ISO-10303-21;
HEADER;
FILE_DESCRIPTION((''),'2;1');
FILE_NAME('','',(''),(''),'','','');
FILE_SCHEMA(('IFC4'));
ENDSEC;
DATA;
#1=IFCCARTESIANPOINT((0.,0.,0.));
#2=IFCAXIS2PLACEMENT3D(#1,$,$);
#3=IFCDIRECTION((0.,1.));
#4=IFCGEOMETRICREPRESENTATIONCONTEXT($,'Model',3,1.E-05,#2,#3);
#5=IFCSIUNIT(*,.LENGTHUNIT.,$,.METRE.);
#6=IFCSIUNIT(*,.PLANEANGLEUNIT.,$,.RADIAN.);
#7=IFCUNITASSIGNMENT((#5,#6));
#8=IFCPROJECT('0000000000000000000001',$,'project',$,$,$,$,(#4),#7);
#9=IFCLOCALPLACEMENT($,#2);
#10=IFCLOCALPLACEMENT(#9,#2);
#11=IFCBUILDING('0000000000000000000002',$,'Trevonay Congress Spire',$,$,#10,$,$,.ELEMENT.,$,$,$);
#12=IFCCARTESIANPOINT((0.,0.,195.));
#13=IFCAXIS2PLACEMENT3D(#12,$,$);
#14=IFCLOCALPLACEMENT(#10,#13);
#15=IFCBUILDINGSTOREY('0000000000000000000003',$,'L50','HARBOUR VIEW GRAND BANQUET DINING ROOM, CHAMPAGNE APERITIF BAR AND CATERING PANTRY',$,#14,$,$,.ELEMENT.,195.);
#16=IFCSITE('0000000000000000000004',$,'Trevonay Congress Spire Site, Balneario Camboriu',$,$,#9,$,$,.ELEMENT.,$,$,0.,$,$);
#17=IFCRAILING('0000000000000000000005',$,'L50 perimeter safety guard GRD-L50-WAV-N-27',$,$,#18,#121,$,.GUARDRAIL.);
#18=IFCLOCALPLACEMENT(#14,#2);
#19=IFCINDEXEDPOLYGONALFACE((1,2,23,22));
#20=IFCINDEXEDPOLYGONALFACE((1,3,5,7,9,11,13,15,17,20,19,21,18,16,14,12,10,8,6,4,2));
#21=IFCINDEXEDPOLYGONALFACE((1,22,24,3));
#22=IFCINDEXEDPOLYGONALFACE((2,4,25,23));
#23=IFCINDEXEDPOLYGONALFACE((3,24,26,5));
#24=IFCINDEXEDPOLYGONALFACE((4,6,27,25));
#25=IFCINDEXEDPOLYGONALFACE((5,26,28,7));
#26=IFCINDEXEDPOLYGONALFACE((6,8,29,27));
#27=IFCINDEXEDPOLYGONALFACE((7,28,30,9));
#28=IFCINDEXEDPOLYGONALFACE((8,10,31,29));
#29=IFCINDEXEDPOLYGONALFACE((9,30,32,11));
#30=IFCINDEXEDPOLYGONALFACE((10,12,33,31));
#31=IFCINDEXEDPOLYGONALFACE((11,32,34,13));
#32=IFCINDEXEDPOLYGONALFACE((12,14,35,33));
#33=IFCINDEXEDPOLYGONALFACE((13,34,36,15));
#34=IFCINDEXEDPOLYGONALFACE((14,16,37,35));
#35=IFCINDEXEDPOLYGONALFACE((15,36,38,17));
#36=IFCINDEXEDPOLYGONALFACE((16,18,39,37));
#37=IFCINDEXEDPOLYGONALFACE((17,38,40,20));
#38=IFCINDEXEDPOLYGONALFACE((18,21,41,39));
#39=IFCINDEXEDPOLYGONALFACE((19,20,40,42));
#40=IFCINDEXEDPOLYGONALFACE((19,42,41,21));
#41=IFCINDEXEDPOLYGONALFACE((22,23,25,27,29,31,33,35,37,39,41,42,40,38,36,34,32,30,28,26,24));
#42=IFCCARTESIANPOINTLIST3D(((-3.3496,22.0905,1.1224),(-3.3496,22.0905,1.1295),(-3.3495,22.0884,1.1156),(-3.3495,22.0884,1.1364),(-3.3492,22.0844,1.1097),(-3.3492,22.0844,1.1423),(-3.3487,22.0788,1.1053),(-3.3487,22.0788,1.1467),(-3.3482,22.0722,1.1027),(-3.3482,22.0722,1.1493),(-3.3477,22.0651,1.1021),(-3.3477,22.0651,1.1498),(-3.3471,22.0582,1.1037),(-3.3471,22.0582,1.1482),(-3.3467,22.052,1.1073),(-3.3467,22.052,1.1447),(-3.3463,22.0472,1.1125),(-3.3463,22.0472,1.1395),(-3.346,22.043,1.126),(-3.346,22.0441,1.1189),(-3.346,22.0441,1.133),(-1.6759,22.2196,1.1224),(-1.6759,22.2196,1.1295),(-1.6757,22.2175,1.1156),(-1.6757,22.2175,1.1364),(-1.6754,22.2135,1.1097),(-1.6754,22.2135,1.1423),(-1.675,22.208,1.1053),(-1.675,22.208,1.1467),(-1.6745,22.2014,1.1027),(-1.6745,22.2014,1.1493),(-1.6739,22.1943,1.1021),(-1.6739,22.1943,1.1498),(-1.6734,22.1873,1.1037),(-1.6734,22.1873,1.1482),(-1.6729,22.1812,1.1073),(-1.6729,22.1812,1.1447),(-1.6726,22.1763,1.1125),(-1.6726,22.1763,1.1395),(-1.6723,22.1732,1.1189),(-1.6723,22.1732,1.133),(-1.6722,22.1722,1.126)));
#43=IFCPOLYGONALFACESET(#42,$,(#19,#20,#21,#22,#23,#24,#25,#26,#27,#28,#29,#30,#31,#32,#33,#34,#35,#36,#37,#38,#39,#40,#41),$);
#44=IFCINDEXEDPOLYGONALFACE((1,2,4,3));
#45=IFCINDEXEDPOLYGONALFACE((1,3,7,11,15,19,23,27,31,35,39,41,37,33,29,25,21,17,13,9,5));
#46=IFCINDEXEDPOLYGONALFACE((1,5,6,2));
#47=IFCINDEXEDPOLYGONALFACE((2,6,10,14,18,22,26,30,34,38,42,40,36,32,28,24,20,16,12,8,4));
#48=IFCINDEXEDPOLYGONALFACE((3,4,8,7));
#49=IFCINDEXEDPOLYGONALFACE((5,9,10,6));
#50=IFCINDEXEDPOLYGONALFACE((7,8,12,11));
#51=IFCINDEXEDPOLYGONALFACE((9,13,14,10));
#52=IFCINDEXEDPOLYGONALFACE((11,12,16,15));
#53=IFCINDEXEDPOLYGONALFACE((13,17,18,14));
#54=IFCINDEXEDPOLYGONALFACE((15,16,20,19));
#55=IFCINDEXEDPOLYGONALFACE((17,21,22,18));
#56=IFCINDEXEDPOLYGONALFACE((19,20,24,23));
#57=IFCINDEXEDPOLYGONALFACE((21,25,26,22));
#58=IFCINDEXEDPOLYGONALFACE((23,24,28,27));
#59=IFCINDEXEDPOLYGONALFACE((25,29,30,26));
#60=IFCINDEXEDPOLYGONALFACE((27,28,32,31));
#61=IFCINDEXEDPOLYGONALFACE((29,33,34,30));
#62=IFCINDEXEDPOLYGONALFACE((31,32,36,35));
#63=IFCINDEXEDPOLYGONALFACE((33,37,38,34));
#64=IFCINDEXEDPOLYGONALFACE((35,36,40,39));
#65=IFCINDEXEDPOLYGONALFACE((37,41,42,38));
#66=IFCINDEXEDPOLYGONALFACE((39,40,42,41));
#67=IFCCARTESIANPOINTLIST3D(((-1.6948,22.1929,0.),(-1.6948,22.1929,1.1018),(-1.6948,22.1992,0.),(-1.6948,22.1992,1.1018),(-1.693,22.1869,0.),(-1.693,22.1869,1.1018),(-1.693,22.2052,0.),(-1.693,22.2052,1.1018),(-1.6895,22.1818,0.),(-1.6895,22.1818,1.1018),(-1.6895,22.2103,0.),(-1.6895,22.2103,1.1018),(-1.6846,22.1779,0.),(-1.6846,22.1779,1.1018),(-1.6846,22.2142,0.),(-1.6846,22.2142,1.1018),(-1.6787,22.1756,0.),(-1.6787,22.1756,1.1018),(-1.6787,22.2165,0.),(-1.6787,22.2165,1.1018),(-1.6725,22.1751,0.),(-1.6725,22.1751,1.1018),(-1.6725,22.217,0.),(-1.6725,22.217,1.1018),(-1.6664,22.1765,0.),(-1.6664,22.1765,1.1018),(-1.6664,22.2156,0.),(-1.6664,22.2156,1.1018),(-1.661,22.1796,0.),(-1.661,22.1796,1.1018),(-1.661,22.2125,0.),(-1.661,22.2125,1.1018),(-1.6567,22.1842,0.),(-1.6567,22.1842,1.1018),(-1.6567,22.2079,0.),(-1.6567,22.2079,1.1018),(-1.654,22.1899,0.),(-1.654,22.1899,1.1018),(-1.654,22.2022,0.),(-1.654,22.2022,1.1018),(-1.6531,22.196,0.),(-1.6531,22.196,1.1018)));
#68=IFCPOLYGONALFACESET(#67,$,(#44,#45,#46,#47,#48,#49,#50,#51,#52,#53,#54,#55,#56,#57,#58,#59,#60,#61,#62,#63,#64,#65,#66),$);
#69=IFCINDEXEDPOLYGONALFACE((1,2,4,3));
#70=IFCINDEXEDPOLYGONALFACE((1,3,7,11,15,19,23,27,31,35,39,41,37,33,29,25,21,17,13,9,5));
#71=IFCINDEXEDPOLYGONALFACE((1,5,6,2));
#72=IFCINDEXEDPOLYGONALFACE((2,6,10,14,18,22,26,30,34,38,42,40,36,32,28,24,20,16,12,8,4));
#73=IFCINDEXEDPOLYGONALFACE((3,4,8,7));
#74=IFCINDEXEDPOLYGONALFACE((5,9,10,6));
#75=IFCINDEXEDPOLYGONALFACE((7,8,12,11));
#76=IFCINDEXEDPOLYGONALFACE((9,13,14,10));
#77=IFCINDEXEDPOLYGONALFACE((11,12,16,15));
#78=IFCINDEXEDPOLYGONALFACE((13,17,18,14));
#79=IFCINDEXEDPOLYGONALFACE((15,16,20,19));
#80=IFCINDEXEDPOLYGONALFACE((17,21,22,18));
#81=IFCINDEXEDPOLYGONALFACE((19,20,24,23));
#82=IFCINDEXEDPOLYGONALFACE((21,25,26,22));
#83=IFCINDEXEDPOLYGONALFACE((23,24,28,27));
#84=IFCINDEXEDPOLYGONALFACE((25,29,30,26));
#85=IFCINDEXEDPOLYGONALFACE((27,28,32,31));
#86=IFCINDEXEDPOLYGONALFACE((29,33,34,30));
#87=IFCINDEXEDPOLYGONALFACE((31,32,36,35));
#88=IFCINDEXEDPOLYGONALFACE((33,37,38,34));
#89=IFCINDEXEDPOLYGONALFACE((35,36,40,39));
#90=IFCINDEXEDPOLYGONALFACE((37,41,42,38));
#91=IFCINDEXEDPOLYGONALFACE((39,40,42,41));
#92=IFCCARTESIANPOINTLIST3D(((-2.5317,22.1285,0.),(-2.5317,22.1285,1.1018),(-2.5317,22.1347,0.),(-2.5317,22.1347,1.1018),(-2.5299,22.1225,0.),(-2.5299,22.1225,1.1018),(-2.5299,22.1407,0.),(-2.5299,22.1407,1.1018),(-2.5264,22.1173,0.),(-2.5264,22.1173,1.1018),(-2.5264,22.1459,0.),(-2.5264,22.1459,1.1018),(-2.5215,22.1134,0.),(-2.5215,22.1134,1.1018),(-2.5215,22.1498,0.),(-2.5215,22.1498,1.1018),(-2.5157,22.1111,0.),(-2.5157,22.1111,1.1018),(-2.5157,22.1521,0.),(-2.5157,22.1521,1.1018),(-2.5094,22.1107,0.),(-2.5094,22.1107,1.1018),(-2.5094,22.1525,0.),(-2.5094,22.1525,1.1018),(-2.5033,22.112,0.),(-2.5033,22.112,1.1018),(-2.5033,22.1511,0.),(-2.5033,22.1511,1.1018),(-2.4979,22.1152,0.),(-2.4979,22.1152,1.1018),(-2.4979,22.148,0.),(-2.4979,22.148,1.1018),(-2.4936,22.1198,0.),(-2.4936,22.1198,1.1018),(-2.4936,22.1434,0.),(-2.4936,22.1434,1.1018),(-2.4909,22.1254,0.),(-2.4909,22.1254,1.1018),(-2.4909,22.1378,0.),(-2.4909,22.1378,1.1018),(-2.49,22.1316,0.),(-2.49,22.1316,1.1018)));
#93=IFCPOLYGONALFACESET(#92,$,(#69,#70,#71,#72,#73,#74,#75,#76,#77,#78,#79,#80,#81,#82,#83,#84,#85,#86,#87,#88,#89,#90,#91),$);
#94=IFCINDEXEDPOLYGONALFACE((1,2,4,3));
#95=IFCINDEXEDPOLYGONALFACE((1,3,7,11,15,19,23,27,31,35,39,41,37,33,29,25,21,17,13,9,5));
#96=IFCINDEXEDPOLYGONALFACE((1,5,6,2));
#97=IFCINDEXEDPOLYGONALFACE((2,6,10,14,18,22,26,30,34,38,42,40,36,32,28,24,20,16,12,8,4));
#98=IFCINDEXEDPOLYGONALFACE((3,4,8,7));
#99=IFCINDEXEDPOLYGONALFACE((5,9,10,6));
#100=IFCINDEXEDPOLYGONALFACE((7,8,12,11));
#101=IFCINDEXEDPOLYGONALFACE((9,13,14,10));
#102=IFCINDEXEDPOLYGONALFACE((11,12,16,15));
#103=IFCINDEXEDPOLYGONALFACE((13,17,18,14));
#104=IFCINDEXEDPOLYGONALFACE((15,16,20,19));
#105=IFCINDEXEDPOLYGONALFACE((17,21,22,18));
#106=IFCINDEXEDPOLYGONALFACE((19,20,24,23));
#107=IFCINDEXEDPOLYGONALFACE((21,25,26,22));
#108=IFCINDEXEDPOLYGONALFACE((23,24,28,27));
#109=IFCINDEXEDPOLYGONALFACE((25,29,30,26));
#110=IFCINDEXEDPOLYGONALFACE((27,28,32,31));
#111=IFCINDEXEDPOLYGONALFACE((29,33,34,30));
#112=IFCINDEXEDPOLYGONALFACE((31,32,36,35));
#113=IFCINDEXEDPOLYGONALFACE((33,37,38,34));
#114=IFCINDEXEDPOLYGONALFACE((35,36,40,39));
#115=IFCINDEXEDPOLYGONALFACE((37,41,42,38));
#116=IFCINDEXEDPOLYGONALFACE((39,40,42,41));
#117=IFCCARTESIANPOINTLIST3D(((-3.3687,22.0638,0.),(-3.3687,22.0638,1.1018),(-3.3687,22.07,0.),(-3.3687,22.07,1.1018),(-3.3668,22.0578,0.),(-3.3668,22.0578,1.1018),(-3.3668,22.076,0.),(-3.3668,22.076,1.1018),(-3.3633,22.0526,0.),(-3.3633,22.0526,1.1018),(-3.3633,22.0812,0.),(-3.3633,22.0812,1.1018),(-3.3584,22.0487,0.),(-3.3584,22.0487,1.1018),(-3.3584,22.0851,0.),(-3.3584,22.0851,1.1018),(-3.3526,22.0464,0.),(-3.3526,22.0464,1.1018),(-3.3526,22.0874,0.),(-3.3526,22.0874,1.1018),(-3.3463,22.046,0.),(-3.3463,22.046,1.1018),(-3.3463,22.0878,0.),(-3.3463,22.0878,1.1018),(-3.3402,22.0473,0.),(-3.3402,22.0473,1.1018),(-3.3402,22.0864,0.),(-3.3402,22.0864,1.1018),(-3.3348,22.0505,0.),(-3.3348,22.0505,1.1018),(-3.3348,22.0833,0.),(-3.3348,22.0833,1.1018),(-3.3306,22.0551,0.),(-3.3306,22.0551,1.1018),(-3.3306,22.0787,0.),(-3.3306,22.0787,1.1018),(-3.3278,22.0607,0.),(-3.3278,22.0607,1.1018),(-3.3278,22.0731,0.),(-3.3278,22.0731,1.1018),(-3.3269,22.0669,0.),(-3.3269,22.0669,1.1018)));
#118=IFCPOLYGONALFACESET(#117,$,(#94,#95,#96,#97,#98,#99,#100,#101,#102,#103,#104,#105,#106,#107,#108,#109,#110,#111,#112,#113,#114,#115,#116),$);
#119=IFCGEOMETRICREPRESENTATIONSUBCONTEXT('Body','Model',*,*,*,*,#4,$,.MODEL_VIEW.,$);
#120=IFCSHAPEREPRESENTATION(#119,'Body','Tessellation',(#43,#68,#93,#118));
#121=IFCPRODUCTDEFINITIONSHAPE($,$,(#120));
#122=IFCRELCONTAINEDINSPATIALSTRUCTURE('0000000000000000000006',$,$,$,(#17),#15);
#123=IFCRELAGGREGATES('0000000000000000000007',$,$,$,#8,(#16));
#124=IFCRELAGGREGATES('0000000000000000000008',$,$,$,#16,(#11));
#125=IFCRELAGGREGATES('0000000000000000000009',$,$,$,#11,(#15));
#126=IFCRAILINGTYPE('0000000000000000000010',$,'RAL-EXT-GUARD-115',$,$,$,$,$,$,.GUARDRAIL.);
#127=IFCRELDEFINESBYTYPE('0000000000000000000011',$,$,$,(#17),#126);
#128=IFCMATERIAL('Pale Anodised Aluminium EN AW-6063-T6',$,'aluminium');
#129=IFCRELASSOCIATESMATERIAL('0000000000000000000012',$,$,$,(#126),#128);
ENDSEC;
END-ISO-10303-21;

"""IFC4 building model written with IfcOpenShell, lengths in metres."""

from ifc_helpers import new_model, si_unit, direction, frame, origin, origin_2d, place, context, subcontext, project, spatial, circle, extrude, material, type_object, element, save


model = new_model("IFC4")

# Units and contexts
model_context = context("Model", 3, precision=1e-05, world=origin(), true_north=direction((0.0, 1.0)))
body_context = subcontext(model_context, "Body", "Model", "MODEL_VIEW")
ifc_project = project(units=[si_unit("LENGTHUNIT", "METRE"), si_unit("PLANEANGLEUNIT", "RADIAN")], contexts=[model_context])

# Site, building, storey
site_placement = place(None, origin())
site = spatial("IfcSite", under=ifc_project, at=site_placement, Name="Trevonay Congress Spire Site, Balneario Camboriu", CompositionType="ELEMENT", RefElevation=0.0)
building_placement = place(site_placement, origin())
building = spatial("IfcBuilding", under=site, at=building_placement, Name="Trevonay Congress Spire", CompositionType="ELEMENT")
storey_placement = place(building_placement, frame((0.0, 0.0, 195.0)))
storey = spatial("IfcBuildingStorey", under=building, at=storey_placement, Name="L50", Description="HARBOUR VIEW GRAND BANQUET DINING ROOM, CHAMPAGNE APERITIF BAR AND CATERING PANTRY", CompositionType="ELEMENT", Elevation=195.0)

# Shared definitions
ifc_material_1 = material(Name="Pale Anodised Aluminium EN AW-6063-T6", Category="aluminium")

# Railing
railing_type = type_object("IfcRailingType", Name="RAL-EXT-GUARD-115", PredefinedType="GUARDRAIL", material=ifc_material_1)
railing_1_placement = place(storey_placement, frame((-1.6741, 22.196, 0.0)))
element("IfcRailing", 1, at=railing_1_placement, inside=storey, type_object=railing_type, Name="L50 perimeter safety guard GRD-L50-WAV-N-27", PredefinedType="GUARDRAIL", context=body_context, shape_type="SweptSolid", body=[
    extrude(circle(Radius=0.0239, at=origin_2d()), frame((0.0, 0.0, 1.126), z_axis=(-0.997036, -0.07693, 0.0), x_axis=(0.07693, -0.997036, 0.0)), (0.0, 0.0, 1.0), 1.6787),
    extrude(circle(Radius=0.021, at=origin_2d()), origin(), (0.0, 0.0, 1.0), 1.1018),
    extrude(circle(Radius=0.021, at=origin_2d()), frame((-0.8369, -0.0645, 0.0)), (0.0, 0.0, 1.0), 1.1018),
    extrude(circle(Radius=0.021, at=origin_2d()), frame((-1.6738, -0.1292, 0.0)), (0.0, 0.0, 1.0), 1.1018),
])

save(model, "model.ifc")
